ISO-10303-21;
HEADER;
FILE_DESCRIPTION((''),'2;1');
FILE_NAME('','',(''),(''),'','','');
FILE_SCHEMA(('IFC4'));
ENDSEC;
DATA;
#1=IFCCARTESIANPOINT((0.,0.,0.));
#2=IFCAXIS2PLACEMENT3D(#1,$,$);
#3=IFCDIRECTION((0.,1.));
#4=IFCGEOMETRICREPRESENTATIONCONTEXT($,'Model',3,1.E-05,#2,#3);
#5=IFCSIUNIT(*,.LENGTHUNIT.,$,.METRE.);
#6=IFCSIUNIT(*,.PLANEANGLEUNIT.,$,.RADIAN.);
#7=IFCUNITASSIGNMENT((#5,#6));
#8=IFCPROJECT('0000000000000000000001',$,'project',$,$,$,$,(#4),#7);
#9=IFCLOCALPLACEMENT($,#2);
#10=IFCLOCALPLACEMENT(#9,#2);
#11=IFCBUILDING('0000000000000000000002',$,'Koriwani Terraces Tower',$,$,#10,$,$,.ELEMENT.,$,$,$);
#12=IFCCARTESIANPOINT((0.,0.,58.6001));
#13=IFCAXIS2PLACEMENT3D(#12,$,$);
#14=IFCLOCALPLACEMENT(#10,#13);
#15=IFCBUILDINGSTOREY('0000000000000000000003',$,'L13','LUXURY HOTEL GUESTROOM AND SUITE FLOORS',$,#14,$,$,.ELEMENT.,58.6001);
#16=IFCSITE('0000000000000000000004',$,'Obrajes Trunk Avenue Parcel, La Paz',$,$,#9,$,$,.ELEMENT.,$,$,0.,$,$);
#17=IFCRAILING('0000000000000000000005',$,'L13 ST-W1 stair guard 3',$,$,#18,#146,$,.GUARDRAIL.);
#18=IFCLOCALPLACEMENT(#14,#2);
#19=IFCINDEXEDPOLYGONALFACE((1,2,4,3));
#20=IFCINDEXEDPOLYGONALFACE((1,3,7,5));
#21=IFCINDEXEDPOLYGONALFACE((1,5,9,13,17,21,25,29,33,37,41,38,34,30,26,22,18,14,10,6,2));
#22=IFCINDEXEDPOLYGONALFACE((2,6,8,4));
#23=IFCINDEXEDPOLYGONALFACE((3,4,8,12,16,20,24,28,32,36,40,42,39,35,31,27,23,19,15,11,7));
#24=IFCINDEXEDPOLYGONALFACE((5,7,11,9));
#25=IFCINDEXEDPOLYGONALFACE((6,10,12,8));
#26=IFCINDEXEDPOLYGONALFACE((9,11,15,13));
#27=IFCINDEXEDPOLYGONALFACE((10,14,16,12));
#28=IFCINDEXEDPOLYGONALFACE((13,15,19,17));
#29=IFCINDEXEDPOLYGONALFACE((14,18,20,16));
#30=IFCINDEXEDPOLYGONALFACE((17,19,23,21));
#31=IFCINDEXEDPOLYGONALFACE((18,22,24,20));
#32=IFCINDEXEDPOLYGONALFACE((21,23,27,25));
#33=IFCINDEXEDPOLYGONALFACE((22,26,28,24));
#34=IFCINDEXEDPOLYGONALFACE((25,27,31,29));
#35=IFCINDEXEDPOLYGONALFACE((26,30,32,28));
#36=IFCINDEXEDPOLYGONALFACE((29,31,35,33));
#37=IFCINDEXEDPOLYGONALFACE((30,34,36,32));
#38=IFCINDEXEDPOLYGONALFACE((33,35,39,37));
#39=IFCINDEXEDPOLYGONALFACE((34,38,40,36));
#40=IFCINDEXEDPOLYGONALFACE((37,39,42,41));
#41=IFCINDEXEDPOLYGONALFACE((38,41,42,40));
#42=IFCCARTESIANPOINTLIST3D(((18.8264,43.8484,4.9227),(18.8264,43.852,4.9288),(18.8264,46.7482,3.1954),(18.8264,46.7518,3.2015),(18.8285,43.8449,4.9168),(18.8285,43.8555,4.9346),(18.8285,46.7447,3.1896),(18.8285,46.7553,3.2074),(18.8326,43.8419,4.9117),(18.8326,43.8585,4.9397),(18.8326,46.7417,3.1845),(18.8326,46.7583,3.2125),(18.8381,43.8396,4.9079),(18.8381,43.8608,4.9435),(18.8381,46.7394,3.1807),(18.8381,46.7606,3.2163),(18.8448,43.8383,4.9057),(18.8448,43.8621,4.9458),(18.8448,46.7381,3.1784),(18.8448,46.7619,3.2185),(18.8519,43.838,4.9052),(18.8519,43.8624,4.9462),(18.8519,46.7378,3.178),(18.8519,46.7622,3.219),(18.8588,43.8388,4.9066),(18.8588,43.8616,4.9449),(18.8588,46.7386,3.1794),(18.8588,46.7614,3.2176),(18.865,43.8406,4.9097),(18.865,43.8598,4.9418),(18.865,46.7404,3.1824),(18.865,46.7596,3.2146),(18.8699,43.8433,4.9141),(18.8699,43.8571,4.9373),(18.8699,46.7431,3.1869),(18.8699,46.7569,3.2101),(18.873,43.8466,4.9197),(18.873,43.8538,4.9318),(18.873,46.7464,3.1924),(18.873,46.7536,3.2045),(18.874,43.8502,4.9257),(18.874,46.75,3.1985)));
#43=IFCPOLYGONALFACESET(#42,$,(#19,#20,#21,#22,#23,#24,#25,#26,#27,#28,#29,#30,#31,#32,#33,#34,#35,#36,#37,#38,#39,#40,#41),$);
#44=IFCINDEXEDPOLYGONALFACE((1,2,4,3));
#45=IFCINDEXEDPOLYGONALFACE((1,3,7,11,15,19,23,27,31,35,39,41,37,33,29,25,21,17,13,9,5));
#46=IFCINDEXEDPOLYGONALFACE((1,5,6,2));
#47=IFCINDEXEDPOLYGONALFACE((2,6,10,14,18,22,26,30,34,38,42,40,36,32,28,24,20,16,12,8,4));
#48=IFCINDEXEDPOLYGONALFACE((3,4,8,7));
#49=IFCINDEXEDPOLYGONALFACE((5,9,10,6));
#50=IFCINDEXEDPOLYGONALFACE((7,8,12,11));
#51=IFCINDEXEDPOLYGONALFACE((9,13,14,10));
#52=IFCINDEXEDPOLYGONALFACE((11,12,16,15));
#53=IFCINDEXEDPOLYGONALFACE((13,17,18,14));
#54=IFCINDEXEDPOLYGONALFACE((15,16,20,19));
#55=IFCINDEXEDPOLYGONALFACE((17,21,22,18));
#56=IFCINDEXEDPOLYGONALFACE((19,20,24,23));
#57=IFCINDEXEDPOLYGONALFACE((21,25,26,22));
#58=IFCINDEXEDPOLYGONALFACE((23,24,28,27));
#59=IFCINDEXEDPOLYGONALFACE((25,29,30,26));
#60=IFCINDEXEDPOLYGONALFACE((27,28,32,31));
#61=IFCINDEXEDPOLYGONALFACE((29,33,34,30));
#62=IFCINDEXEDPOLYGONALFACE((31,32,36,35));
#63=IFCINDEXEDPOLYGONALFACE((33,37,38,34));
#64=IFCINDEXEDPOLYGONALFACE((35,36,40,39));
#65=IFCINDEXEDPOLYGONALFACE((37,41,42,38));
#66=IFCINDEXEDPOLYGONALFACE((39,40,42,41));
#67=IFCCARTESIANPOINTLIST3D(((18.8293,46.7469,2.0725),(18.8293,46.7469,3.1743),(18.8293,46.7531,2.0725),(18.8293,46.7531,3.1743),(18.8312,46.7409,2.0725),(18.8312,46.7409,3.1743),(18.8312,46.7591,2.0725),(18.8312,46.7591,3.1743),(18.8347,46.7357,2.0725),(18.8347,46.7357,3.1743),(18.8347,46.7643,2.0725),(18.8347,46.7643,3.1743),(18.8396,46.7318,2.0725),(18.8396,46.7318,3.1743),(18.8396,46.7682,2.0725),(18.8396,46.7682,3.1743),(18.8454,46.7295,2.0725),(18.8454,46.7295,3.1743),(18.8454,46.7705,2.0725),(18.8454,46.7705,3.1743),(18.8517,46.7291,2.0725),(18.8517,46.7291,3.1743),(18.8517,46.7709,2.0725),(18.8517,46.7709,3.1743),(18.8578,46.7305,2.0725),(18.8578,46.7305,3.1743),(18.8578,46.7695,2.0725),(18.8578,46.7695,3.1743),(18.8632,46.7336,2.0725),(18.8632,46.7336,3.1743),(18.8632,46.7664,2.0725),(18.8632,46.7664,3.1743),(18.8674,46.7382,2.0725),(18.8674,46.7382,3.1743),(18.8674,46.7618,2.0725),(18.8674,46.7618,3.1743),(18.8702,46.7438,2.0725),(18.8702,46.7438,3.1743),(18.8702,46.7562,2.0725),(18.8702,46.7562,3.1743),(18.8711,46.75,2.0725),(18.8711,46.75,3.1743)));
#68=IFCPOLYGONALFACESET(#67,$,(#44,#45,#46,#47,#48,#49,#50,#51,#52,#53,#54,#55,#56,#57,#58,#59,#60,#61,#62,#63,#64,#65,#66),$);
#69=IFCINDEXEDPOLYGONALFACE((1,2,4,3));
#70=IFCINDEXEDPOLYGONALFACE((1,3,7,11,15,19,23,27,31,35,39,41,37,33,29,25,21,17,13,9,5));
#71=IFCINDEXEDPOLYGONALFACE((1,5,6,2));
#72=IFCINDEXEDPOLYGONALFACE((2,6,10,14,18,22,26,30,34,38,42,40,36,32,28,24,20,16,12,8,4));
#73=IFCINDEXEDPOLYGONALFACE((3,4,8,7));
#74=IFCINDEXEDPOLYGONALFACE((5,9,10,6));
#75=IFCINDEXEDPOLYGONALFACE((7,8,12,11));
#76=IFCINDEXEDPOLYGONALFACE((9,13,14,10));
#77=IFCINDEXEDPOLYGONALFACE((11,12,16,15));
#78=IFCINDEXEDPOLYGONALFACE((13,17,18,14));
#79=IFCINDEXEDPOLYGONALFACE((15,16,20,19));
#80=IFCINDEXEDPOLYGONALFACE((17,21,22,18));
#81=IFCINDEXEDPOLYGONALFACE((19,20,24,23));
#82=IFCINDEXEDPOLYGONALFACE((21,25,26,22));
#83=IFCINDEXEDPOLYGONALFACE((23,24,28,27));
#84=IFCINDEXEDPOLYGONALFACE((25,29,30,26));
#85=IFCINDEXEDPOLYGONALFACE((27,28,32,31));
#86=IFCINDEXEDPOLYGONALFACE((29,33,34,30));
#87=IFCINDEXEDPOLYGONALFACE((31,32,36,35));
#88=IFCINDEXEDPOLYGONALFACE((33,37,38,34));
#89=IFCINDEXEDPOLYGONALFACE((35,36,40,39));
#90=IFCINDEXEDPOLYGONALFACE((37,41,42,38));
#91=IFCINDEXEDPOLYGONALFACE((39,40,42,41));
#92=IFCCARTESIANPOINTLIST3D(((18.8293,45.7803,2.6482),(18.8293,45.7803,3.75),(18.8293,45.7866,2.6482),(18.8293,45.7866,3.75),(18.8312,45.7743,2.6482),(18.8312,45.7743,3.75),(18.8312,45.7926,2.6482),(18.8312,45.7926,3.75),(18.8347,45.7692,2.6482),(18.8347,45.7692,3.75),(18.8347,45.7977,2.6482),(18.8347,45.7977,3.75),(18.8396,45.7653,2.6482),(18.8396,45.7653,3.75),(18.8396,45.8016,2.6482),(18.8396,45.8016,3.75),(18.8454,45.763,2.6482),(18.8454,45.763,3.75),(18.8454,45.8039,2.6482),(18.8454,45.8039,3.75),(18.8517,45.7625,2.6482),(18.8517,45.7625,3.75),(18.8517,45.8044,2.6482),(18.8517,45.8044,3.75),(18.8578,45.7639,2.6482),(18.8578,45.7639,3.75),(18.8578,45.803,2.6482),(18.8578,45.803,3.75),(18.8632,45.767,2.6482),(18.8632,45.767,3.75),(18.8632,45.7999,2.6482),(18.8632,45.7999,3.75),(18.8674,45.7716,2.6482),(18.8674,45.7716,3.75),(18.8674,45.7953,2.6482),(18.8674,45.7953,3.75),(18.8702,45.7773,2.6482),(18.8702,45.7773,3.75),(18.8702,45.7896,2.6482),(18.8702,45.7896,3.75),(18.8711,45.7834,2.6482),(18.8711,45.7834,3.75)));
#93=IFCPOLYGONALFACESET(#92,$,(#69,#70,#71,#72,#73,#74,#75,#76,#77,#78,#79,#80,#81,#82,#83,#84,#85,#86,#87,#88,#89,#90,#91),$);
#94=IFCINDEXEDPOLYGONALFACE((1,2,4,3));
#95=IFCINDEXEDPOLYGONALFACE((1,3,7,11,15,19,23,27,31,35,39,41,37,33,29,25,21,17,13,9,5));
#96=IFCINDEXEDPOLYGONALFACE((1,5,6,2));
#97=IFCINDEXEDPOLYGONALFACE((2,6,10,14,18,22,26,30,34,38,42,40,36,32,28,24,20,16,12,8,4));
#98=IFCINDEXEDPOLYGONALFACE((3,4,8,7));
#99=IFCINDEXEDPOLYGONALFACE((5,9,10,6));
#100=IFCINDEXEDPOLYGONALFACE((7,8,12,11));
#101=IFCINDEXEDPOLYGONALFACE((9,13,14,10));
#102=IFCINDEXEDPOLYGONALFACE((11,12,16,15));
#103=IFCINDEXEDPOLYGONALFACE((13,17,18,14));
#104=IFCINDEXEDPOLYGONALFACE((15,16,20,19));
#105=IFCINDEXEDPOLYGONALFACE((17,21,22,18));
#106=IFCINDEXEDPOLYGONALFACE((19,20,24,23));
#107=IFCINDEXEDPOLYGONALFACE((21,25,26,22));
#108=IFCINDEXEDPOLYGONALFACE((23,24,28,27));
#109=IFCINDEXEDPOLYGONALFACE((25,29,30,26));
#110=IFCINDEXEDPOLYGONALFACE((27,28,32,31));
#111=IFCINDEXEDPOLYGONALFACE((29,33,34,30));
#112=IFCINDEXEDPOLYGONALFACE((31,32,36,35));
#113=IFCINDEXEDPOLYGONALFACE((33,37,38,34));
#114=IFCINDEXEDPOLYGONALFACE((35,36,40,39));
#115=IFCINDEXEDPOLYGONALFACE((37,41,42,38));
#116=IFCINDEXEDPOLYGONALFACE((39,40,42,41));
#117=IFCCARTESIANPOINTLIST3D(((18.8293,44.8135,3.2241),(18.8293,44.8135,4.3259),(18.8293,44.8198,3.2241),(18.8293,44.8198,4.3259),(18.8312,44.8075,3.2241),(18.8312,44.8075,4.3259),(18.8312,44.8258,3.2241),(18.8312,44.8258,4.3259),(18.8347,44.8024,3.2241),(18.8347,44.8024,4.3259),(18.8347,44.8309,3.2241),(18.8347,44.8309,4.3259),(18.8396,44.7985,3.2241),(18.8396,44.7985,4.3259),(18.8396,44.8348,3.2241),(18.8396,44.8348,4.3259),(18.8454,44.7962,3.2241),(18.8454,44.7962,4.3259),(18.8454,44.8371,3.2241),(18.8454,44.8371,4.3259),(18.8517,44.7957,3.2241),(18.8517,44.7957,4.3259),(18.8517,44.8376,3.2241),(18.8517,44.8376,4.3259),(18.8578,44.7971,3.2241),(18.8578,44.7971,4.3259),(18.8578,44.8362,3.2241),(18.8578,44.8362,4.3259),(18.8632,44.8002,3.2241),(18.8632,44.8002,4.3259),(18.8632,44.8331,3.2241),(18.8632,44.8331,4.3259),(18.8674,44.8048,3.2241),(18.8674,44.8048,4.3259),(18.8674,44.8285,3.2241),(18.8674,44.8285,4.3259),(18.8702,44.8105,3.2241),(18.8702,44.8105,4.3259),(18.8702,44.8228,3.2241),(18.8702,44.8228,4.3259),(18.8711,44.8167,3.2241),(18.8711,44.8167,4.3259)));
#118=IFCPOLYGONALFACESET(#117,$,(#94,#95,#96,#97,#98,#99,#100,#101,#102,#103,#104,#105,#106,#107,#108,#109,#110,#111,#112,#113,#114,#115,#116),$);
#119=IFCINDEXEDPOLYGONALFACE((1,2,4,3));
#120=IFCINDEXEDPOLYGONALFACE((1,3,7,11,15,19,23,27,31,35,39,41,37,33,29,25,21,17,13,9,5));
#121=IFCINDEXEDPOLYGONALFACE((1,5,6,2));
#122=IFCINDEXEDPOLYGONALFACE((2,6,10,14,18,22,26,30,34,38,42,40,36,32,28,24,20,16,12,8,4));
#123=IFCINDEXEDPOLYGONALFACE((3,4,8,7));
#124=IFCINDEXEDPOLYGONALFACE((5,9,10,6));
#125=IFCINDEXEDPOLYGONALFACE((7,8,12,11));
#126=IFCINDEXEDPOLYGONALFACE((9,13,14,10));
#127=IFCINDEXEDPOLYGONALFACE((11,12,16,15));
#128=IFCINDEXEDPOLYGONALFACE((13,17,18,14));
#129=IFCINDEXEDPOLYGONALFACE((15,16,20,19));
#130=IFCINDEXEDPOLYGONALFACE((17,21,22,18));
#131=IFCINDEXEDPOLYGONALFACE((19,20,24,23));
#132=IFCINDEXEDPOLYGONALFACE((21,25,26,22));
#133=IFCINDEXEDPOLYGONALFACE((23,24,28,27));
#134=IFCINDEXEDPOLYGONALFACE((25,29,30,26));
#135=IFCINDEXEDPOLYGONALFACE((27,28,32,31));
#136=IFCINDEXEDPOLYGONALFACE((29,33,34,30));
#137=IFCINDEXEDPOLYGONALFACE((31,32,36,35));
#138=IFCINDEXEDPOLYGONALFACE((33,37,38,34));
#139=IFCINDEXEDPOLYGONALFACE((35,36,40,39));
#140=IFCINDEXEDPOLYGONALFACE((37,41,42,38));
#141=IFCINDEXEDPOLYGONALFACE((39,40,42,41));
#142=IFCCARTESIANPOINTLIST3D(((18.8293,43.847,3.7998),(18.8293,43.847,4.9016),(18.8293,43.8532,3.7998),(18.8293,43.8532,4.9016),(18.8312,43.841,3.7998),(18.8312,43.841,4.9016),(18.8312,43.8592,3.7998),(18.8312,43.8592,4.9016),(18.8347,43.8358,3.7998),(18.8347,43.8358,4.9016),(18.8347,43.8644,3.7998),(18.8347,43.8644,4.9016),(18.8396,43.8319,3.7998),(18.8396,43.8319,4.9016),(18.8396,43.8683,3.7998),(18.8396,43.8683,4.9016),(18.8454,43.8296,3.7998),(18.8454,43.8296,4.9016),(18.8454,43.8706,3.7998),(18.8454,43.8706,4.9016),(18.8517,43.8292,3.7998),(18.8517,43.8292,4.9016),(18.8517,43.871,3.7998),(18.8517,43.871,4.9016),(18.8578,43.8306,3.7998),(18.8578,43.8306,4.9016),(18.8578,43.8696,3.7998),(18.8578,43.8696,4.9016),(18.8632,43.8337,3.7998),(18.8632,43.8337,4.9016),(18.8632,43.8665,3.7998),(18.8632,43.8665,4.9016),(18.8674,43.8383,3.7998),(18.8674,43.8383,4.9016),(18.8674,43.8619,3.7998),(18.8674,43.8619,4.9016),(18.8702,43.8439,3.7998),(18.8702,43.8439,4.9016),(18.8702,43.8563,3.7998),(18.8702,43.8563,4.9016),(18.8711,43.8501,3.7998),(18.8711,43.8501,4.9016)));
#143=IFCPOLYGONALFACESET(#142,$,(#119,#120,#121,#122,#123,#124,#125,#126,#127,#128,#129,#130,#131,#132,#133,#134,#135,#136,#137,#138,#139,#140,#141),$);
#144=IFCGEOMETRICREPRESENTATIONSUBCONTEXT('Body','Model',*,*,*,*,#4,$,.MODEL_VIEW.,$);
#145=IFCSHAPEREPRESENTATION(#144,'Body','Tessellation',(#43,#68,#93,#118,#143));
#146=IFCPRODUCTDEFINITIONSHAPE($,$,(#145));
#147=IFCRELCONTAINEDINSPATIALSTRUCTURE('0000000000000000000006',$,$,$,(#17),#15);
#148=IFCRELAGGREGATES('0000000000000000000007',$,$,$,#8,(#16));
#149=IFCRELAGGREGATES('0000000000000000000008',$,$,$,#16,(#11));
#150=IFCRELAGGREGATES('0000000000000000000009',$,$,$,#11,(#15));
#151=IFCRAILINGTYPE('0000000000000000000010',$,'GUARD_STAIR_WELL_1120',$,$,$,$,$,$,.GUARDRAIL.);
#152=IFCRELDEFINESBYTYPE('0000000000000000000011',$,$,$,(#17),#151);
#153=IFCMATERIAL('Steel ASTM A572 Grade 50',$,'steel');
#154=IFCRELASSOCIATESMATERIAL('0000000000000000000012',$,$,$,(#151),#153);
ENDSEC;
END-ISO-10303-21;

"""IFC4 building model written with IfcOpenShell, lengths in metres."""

from ifc_helpers import new_model, si_unit, direction, frame, origin, origin_2d, place, context, subcontext, project, spatial, circle, extrude, material, type_object, element, save


model = new_model("IFC4")

# Units and contexts
model_context = context("Model", 3, precision=1e-05, world=origin(), true_north=direction((0.0, 1.0)))
body_context = subcontext(model_context, "Body", "Model", "MODEL_VIEW")
ifc_project = project(units=[si_unit("LENGTHUNIT", "METRE"), si_unit("PLANEANGLEUNIT", "RADIAN")], contexts=[model_context])

# Site, building, storey
site_placement = place(None, origin())
site = spatial("IfcSite", under=ifc_project, at=site_placement, Name="Obrajes Trunk Avenue Parcel, La Paz", CompositionType="ELEMENT", RefElevation=0.0)
building_placement = place(site_placement, origin())
building = spatial("IfcBuilding", under=site, at=building_placement, Name="Koriwani Terraces Tower", CompositionType="ELEMENT")
storey_placement = place(building_placement, frame((0.0, 0.0, 58.6001)))
storey = spatial("IfcBuildingStorey", under=building, at=storey_placement, Name="L13", Description="LUXURY HOTEL GUESTROOM AND SUITE FLOORS", CompositionType="ELEMENT", Elevation=58.6001)

# Shared definitions
ifc_material_1 = material(Name="Steel ASTM A572 Grade 50", Category="steel")

# Railing
railing_type_1 = type_object("IfcRailingType", Name="GUARD_STAIR_WELL_1120", PredefinedType="GUARDRAIL", material=ifc_material_1)
for number, where, name in (
    (1, (18.8501, 46.75, 2.0725), "L13 ST-W1 stair guard 3"),
):
    element("IfcRailing", number, at=place(storey_placement, frame(where)), inside=storey, type_object=railing_type_1, Name=name, PredefinedType="GUARDRAIL", context=body_context, shape_type="SweptSolid", body=[
        extrude(circle(Radius=0.0239, at=origin_2d()), frame((0.0, 0.0, 1.126), z_axis=(0.0, -0.859141, 0.511738), x_axis=(1.0, 0.0, 0.0)), (0.0, 0.0, 1.0), 3.3752),
        extrude(circle(Radius=0.021, at=origin_2d()), origin(), (0.0, 0.0, 1.0), 1.1018),
        extrude(circle(Radius=0.021, at=origin_2d()), frame((0.0, -0.9666, 0.5757)), (0.0, 0.0, 1.0), 1.1018),
        extrude(circle(Radius=0.021, at=origin_2d()), frame((0.0, -1.9333, 1.1516)), (0.0, 0.0, 1.0), 1.1018),
        extrude(circle(Radius=0.021, at=origin_2d()), frame((0.0, -2.8999, 1.7273)), (0.0, 0.0, 1.0), 1.1018),
    ])

save(model, "model.ifc")
